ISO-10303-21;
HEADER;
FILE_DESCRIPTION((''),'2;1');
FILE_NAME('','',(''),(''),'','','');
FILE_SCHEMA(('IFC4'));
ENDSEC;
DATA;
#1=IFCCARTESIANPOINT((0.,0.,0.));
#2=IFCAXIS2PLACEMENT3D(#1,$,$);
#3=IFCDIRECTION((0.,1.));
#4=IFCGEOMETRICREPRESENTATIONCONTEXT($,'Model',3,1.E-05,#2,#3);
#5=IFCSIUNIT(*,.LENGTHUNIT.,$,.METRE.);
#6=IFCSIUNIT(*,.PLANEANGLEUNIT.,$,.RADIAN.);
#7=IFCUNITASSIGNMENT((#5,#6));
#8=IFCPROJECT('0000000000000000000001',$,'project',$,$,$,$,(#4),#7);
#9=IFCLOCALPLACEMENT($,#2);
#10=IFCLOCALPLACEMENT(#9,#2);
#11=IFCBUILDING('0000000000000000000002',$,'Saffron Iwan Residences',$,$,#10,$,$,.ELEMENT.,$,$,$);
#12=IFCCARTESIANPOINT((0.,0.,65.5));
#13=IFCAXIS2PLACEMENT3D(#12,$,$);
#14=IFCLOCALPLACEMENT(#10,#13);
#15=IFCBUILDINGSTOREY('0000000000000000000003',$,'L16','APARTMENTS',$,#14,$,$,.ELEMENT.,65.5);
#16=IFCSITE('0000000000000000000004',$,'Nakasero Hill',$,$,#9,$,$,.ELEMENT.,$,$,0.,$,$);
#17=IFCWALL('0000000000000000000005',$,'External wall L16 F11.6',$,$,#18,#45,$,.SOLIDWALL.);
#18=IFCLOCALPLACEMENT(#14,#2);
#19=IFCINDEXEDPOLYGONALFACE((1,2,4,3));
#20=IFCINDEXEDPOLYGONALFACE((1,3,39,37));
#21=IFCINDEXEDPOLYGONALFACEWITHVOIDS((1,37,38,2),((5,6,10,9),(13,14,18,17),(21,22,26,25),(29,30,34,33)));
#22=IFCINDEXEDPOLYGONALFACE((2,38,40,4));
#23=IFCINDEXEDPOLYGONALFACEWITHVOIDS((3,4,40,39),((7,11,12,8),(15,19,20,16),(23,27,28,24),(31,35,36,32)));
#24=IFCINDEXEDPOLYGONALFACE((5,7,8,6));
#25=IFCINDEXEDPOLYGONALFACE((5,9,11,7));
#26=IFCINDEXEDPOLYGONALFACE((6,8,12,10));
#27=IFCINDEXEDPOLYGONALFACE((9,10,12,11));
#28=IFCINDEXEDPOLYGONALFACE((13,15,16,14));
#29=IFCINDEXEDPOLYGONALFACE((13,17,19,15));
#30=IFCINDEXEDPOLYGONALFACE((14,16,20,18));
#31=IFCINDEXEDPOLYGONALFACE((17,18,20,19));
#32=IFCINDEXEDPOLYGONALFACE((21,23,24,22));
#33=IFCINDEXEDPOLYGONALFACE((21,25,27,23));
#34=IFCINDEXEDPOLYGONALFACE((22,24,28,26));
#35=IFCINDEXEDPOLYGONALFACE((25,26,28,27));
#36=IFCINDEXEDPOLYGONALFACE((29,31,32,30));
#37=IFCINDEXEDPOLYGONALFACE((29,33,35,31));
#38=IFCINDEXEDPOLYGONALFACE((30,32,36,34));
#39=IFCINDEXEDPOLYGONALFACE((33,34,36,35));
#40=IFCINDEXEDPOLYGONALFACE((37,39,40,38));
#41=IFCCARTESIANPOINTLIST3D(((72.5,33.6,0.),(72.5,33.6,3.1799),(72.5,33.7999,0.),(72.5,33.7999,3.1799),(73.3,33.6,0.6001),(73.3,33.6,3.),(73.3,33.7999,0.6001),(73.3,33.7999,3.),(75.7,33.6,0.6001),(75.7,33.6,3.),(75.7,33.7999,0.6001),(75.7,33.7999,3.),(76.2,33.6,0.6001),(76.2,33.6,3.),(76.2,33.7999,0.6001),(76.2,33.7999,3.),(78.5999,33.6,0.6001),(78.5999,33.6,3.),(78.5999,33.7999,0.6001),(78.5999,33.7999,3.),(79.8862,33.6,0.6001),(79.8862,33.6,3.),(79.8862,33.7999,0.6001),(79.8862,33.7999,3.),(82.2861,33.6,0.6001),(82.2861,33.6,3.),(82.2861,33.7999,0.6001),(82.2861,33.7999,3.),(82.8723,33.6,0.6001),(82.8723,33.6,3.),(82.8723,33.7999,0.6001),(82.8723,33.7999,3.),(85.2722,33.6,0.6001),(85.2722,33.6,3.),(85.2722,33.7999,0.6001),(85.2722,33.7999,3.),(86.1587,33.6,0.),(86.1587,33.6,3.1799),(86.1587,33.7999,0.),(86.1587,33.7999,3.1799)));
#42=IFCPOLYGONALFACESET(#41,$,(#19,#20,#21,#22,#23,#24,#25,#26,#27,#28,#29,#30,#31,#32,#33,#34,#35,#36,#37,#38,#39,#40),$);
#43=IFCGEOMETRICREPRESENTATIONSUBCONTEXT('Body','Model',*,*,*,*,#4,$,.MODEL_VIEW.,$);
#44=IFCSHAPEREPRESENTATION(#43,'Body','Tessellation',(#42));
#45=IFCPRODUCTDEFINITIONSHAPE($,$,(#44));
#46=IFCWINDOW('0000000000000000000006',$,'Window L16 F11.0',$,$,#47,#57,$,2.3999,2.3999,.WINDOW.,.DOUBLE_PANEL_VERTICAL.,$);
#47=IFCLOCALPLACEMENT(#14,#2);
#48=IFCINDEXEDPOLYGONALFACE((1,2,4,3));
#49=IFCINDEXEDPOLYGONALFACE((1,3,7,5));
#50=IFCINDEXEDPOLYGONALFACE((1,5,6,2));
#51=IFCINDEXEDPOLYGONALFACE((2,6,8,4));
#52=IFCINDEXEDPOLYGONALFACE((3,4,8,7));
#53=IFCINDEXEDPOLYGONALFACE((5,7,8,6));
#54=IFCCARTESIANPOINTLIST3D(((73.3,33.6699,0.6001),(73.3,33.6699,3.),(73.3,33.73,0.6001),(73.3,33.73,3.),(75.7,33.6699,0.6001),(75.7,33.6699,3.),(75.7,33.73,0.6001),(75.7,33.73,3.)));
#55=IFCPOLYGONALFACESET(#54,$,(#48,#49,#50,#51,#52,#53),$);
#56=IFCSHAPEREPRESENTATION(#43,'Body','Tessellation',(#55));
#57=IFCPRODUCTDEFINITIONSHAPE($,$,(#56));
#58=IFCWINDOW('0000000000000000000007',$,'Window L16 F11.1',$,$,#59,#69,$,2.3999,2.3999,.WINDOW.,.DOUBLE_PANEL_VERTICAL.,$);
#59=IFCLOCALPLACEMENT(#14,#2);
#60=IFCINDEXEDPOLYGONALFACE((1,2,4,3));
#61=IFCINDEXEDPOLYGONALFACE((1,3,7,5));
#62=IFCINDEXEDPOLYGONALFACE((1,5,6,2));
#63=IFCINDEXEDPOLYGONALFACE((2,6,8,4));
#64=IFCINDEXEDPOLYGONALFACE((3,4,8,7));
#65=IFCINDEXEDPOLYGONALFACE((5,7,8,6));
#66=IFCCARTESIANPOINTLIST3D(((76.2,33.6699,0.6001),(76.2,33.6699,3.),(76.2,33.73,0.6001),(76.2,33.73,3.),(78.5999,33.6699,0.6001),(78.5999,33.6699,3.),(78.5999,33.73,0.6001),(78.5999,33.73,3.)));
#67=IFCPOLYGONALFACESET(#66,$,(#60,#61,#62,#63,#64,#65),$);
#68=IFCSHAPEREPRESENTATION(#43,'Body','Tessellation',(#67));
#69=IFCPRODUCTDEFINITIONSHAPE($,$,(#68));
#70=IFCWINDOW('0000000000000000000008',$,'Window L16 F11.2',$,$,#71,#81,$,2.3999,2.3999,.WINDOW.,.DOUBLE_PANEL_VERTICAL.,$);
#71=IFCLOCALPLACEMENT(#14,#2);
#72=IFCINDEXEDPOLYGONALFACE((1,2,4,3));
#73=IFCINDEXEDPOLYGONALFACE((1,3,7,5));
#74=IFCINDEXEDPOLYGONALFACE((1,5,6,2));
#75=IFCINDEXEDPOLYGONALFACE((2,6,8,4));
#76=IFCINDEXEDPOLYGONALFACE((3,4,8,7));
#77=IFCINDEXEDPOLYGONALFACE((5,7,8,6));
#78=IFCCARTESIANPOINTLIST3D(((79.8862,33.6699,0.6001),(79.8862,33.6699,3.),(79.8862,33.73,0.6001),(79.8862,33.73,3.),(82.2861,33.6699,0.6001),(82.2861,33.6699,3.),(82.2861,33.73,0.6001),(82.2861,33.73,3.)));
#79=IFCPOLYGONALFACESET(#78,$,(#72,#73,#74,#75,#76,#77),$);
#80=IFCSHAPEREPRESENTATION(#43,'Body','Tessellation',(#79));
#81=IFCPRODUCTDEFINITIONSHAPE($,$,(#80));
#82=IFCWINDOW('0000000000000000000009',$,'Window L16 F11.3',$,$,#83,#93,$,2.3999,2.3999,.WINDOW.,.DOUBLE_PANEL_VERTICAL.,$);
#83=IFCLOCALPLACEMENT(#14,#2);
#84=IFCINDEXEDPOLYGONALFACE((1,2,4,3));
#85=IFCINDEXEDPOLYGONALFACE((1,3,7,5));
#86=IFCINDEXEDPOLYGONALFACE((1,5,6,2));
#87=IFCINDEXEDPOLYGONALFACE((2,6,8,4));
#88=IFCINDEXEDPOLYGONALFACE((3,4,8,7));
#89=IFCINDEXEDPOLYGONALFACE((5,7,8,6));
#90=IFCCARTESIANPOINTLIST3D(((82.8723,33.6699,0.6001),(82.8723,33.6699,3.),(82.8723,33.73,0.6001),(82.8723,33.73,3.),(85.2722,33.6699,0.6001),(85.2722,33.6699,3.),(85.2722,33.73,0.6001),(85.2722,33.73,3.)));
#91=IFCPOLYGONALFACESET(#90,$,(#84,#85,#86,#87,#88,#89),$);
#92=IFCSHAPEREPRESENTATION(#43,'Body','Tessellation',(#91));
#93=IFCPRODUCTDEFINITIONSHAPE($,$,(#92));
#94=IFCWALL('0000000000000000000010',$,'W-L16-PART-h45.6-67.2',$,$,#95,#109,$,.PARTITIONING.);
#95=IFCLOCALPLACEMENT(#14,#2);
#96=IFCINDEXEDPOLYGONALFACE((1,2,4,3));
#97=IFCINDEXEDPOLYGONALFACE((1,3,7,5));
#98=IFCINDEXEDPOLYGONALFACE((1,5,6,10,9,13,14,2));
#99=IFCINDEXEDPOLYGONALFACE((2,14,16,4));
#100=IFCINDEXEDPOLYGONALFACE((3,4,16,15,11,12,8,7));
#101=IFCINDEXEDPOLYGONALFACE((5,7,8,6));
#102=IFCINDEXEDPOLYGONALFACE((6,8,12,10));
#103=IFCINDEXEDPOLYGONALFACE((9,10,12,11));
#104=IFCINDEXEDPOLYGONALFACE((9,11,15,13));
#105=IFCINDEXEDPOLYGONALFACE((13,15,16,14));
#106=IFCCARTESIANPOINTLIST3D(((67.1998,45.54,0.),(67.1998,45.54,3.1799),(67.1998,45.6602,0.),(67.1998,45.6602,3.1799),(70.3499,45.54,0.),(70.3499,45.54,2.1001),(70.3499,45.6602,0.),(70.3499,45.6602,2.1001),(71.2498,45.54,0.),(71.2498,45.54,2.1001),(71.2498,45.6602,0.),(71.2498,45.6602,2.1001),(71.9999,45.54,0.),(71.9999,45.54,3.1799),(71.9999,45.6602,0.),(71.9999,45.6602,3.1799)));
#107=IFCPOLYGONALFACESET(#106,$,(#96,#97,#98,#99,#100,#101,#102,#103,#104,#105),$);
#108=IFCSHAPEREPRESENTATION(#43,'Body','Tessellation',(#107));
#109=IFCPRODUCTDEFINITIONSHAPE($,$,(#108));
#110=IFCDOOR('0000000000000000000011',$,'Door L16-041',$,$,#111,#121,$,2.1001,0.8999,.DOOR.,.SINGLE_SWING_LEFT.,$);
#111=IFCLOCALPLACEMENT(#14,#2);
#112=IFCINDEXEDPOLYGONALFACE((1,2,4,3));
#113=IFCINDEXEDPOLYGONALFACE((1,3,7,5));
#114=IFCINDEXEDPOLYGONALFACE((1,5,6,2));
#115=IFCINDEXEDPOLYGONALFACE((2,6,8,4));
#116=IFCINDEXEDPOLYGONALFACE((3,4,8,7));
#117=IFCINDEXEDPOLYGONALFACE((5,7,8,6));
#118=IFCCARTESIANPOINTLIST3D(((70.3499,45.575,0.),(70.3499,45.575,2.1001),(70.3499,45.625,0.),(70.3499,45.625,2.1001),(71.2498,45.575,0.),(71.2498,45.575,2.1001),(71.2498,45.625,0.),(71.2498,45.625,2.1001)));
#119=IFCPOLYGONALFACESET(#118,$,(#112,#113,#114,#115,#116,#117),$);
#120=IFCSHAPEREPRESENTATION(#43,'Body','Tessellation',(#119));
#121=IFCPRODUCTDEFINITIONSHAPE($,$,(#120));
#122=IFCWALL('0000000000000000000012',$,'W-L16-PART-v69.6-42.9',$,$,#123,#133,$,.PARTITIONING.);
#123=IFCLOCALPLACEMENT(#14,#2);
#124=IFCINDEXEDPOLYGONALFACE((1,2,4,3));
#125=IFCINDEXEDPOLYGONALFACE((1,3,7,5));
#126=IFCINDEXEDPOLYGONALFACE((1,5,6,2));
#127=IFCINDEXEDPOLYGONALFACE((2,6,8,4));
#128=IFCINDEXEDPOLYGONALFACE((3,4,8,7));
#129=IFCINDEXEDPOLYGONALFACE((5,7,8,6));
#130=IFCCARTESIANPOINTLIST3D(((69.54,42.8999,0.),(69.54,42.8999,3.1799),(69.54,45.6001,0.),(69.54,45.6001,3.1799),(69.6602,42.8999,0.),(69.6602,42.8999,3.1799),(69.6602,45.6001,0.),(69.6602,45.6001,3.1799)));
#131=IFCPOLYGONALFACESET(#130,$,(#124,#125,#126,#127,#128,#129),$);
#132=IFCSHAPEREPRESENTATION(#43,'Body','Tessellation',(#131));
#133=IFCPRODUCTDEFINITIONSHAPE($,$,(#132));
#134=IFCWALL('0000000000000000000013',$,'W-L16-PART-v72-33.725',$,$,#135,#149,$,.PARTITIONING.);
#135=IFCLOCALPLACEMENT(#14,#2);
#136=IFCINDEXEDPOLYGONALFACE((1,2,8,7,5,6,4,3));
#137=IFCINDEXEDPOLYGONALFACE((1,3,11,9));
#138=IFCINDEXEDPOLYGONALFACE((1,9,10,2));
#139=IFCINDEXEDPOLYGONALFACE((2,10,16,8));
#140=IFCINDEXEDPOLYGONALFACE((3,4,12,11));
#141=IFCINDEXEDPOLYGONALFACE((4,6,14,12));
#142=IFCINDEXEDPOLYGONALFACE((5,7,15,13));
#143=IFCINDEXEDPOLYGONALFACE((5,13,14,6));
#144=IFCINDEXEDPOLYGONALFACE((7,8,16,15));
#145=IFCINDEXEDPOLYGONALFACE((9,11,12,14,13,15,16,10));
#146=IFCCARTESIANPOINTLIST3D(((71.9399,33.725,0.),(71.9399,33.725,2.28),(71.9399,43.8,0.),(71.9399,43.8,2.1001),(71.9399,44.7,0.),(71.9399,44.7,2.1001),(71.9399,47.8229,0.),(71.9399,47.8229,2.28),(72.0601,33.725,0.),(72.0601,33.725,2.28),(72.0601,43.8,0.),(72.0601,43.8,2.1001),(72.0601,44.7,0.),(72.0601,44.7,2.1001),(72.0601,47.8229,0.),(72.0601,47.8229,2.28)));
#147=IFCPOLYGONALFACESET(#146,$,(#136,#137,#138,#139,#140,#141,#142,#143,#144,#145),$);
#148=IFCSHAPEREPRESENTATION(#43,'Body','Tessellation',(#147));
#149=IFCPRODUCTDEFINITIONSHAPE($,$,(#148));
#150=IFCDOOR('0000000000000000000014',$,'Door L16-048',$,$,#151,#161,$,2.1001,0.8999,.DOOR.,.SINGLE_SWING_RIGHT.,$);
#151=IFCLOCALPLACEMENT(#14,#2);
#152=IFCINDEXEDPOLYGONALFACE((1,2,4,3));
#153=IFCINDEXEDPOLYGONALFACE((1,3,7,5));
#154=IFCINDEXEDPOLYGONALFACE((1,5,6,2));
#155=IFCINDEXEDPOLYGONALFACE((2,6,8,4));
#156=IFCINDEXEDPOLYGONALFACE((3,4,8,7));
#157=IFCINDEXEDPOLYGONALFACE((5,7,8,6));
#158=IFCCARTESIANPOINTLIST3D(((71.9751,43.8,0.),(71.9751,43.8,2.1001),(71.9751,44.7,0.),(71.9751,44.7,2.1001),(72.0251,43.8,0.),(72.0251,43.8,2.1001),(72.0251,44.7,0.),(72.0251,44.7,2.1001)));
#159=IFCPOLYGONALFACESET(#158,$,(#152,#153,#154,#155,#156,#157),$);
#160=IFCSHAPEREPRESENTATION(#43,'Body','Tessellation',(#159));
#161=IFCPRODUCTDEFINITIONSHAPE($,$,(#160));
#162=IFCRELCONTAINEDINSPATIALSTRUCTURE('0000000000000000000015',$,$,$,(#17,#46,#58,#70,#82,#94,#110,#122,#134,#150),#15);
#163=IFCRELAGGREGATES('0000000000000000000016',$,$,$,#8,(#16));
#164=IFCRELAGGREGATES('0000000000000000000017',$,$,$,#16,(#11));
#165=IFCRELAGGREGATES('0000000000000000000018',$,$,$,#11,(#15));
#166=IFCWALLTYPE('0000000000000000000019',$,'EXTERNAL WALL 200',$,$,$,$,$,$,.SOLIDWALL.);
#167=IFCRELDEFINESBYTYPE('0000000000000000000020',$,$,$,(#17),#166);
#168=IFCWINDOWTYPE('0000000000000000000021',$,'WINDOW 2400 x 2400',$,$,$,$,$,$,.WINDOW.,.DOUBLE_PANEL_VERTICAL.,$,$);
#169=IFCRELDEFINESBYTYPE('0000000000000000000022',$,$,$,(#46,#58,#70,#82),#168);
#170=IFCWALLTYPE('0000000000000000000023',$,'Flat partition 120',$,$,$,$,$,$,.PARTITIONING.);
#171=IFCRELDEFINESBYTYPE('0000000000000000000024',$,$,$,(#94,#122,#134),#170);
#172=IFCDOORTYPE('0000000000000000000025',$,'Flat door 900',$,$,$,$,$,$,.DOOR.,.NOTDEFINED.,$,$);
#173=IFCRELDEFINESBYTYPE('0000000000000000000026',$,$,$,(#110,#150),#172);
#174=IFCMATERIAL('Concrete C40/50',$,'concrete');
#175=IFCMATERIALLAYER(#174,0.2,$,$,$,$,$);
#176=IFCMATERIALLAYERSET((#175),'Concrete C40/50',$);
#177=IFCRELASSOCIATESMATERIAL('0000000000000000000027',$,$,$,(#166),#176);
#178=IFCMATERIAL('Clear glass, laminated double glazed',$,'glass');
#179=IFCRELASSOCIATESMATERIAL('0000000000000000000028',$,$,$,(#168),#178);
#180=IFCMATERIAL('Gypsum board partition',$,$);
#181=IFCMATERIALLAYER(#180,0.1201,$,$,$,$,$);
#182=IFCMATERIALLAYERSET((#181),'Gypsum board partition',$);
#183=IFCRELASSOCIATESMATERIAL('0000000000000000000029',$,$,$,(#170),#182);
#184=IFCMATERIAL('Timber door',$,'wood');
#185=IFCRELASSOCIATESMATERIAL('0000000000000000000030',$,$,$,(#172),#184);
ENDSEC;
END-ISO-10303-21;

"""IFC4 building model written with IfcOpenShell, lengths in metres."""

from ifc_helpers import new_model, si_unit, direction, frame, frame_2d, origin, place, context, subcontext, project, spatial, rectangle, extrude, material, layer, layer_set, type_object, element, fill, save


model = new_model("IFC4")

# Units and contexts
model_context = context("Model", 3, precision=1e-05, world=origin(), true_north=direction((0.0, 1.0)))
body_context = subcontext(model_context, "Body", "Model", "MODEL_VIEW")
ifc_project = project(units=[si_unit("LENGTHUNIT", "METRE"), si_unit("PLANEANGLEUNIT", "RADIAN")], contexts=[model_context])

# Site, building, storey
site_placement = place(None, origin())
site = spatial("IfcSite", under=ifc_project, at=site_placement, Name="Nakasero Hill", CompositionType="ELEMENT", RefElevation=0.0)
building_placement = place(site_placement, origin())
building = spatial("IfcBuilding", under=site, at=building_placement, Name="Saffron Iwan Residences", CompositionType="ELEMENT")
storey_placement = place(building_placement, frame((0.0, 0.0, 65.5)))
storey = spatial("IfcBuildingStorey", under=building, at=storey_placement, Name="L16", Description="APARTMENTS", CompositionType="ELEMENT", Elevation=65.5)

# Wall, openings, windows
ifc_material_1 = material(Name="Concrete C40/50", Category="concrete")
ifc_layer_1 = layer(ifc_material_1, 0.2)
ifc_layer_set_1 = layer_set([ifc_layer_1], Name="Concrete C40/50")
wall_type_1 = type_object("IfcWallType", Name="EXTERNAL WALL 200", PredefinedType="SOLIDWALL", material=ifc_layer_set_1)
wall_1_placement = place(storey_placement, frame((72.5, 33.7, 0.0), z_axis=(0.0, 0.0, 1.0), x_axis=(1.0, 0.0, 0.0)))
wall_1 = element("IfcWall", 1, at=wall_1_placement, inside=storey, type_object=wall_type_1, Name="External wall L16 F11.6", PredefinedType="SOLIDWALL", context=body_context, shape_type="SweptSolid", body=[
    extrude(rectangle(XDim=13.6587, YDim=0.2, at=frame_2d((6.8293, 0.0))), origin(), (0.0, 0.0, 1.0), 3.1799),
])
opening_1_placement = place(wall_1_placement, frame((0.8, 0.0, 0.6001)))
opening_1 = element("IfcOpeningElement", 2, at=opening_1_placement, cuts=wall_1, PredefinedType="OPENING", context=body_context, shape_type="SweptSolid", body=[
    extrude(rectangle(XDim=2.3999, YDim=2.3999, at=frame_2d((1.2, 1.2))), frame((0.0, 0.1099, 0.0), z_axis=(0.0, -1.0, 0.0), x_axis=(1.0, 0.0, 0.0)), (0.0, 0.0, 1.0), 0.22),
])
opening_2_placement = place(wall_1_placement, frame((3.7, 0.0, 0.6001)))
opening_2 = element("IfcOpeningElement", 3, at=opening_2_placement, cuts=wall_1, PredefinedType="OPENING", context=body_context, shape_type="SweptSolid", body=[
    extrude(rectangle(XDim=2.3999, YDim=2.3999, at=frame_2d((1.2, 1.2))), frame((0.0, 0.1099, 0.0), z_axis=(0.0, -1.0, 0.0), x_axis=(1.0, 0.0, 0.0)), (0.0, 0.0, 1.0), 0.22),
])
opening_3_placement = place(wall_1_placement, frame((7.3862, 0.0, 0.6001)))
opening_3 = element("IfcOpeningElement", 4, at=opening_3_placement, cuts=wall_1, PredefinedType="OPENING", context=body_context, shape_type="SweptSolid", body=[
    extrude(rectangle(XDim=2.3999, YDim=2.3999, at=frame_2d((1.2, 1.2))), frame((0.0, 0.1099, 0.0), z_axis=(0.0, -1.0, 0.0), x_axis=(1.0, 0.0, 0.0)), (0.0, 0.0, 1.0), 0.22),
])
opening_4_placement = place(wall_1_placement, frame((10.3723, 0.0, 0.6001)))
opening_4 = element("IfcOpeningElement", 5, at=opening_4_placement, cuts=wall_1, PredefinedType="OPENING", context=body_context, shape_type="SweptSolid", body=[
    extrude(rectangle(XDim=2.3999, YDim=2.3999, at=frame_2d((1.2, 1.2))), frame((0.0, 0.1099, 0.0), z_axis=(0.0, -1.0, 0.0), x_axis=(1.0, 0.0, 0.0)), (0.0, 0.0, 1.0), 0.22),
])
ifc_material_2 = material(Name="Clear glass, laminated double glazed", Category="glass")
window_type = type_object("IfcWindowType", Name="WINDOW 2400 x 2400", PartitioningType="DOUBLE_PANEL_VERTICAL", PredefinedType="WINDOW", material=ifc_material_2)
window_1_placement = place(opening_1_placement, origin())
window_1 = element("IfcWindow", 6, at=window_1_placement, inside=storey, type_object=window_type, Name="Window L16 F11.0", OverallHeight=2.3999, OverallWidth=2.3999, PartitioningType="DOUBLE_PANEL_VERTICAL", PredefinedType="WINDOW", context=body_context, shape_type="SweptSolid", body=[
    extrude(rectangle(XDim=2.3999, YDim=2.3999, at=frame_2d((1.2, 1.2))), frame((0.0, 0.03, 0.0), z_axis=(0.0, -1.0, 0.0), x_axis=(1.0, 0.0, 0.0)), (0.0, 0.0, 1.0), 0.0601),
])
fill(opening_1, window_1)
window_2_placement = place(opening_2_placement, origin())
window_2 = element("IfcWindow", 7, at=window_2_placement, inside=storey, type_object=window_type, Name="Window L16 F11.1", OverallHeight=2.3999, OverallWidth=2.3999, PartitioningType="DOUBLE_PANEL_VERTICAL", PredefinedType="WINDOW", context=body_context, shape_type="SweptSolid", body=[
    extrude(rectangle(XDim=2.3999, YDim=2.3999, at=frame_2d((1.2, 1.2))), frame((0.0, 0.03, 0.0), z_axis=(0.0, -1.0, 0.0), x_axis=(1.0, 0.0, 0.0)), (0.0, 0.0, 1.0), 0.0601),
])
fill(opening_2, window_2)
window_3_placement = place(opening_3_placement, origin())
window_3 = element("IfcWindow", 8, at=window_3_placement, inside=storey, type_object=window_type, Name="Window L16 F11.2", OverallHeight=2.3999, OverallWidth=2.3999, PartitioningType="DOUBLE_PANEL_VERTICAL", PredefinedType="WINDOW", context=body_context, shape_type="SweptSolid", body=[
    extrude(rectangle(XDim=2.3999, YDim=2.3999, at=frame_2d((1.2, 1.2))), frame((0.0, 0.03, 0.0), z_axis=(0.0, -1.0, 0.0), x_axis=(1.0, 0.0, 0.0)), (0.0, 0.0, 1.0), 0.0601),
])
fill(opening_3, window_3)
window_4_placement = place(opening_4_placement, origin())
window_4 = element("IfcWindow", 9, at=window_4_placement, inside=storey, type_object=window_type, Name="Window L16 F11.3", OverallHeight=2.3999, OverallWidth=2.3999, PartitioningType="DOUBLE_PANEL_VERTICAL", PredefinedType="WINDOW", context=body_context, shape_type="SweptSolid", body=[
    extrude(rectangle(XDim=2.3999, YDim=2.3999, at=frame_2d((1.2, 1.2))), frame((0.0, 0.03, 0.0), z_axis=(0.0, -1.0, 0.0), x_axis=(1.0, 0.0, 0.0)), (0.0, 0.0, 1.0), 0.0601),
])
fill(opening_4, window_4)

# Wall, opening, door
ifc_material_3 = material(Name="Gypsum board partition")
ifc_layer_2 = layer(ifc_material_3, 0.1201)
ifc_layer_set_2 = layer_set([ifc_layer_2], Name="Gypsum board partition")
wall_type_2 = type_object("IfcWallType", Name="Flat partition 120", PredefinedType="PARTITIONING", material=ifc_layer_set_2)
wall_2_placement = place(storey_placement, frame((67.2, 45.6001, 0.0), z_axis=(0.0, 0.0, 1.0), x_axis=(1.0, 0.0, 0.0)))
wall_2 = element("IfcWall", 10, at=wall_2_placement, inside=storey, type_object=wall_type_2, Name="W-L16-PART-h45.6-67.2", PredefinedType="PARTITIONING", context=body_context, shape_type="SweptSolid", body=[
    extrude(rectangle(XDim=4.8, YDim=0.1201, at=frame_2d((2.3999, 0.0))), origin(), (0.0, 0.0, 1.0), 3.1799),
])
opening_5_placement = place(wall_2_placement, frame((3.1499, 0.0, 0.0)))
opening_5 = element("IfcOpeningElement", 11, at=opening_5_placement, cuts=wall_2, PredefinedType="OPENING", context=body_context, shape_type="SweptSolid", body=[
    extrude(rectangle(XDim=0.8999, YDim=2.1001, at=frame_2d((0.45, 1.05))), frame((0.0, 0.0701, 0.0), z_axis=(0.0, -1.0, 0.0), x_axis=(1.0, 0.0, 0.0)), (0.0, 0.0, 1.0), 0.1401),
])
ifc_material_4 = material(Name="Timber door", Category="wood")
door_type_1 = type_object("IfcDoorType", Name="Flat door 900", OperationType="NOTDEFINED", PredefinedType="DOOR", material=ifc_material_4)
door_1_placement = place(opening_5_placement, origin())
door_1 = element("IfcDoor", 12, at=door_1_placement, inside=storey, type_object=door_type_1, Name="Door L16-041", OperationType="SINGLE_SWING_LEFT", OverallHeight=2.1001, OverallWidth=0.8999, PredefinedType="DOOR", context=body_context, shape_type="SweptSolid", body=[
    extrude(rectangle(XDim=0.8999, YDim=2.1001, at=frame_2d((0.45, 1.05))), frame((0.0, 0.0249, 0.0), z_axis=(0.0, -1.0, 0.0), x_axis=(1.0, 0.0, 0.0)), (0.0, 0.0, 1.0), 0.05),
])
fill(opening_5, door_1)

# Wall
wall_3_placement = place(storey_placement, frame((69.6001, 42.8999, 0.0), z_axis=(0.0, 0.0, 1.0), x_axis=(0.0, 1.0, 0.0)))
element("IfcWall", 13, at=wall_3_placement, inside=storey, type_object=wall_type_2, Name="W-L16-PART-v69.6-42.9", PredefinedType="PARTITIONING", context=body_context, shape_type="SweptSolid", body=[
    extrude(rectangle(XDim=2.7002, YDim=0.1201, at=frame_2d((1.3501, 0.0))), origin(), (0.0, 0.0, 1.0), 3.1799),
])

# Wall, opening, door
wall_4_placement = place(storey_placement, frame((72.0, 33.7251, 0.0), z_axis=(0.0, 0.0, 1.0), x_axis=(0.0, 1.0, 0.0)))
wall_4 = element("IfcWall", 14, at=wall_4_placement, inside=storey, type_object=wall_type_2, Name="W-L16-PART-v72-33.725", PredefinedType="PARTITIONING", context=body_context, shape_type="SweptSolid", body=[
    extrude(rectangle(XDim=14.0979, YDim=0.1201, at=frame_2d((7.0488, 0.0))), origin(), (0.0, 0.0, 1.0), 2.28),
])
opening_6_placement = place(wall_4_placement, frame((10.075, 0.0, 0.0)))
opening_6 = element("IfcOpeningElement", 15, at=opening_6_placement, cuts=wall_4, PredefinedType="OPENING", context=body_context, shape_type="SweptSolid", body=[
    extrude(rectangle(XDim=0.8999, YDim=2.1001, at=frame_2d((0.45, 1.05))), frame((0.0, 0.0701, 0.0), z_axis=(0.0, -1.0, 0.0), x_axis=(1.0, 0.0, 0.0)), (0.0, 0.0, 1.0), 0.1401),
])
door_2_placement = place(opening_6_placement, origin())
door_2 = element("IfcDoor", 16, at=door_2_placement, inside=storey, type_object=door_type_1, Name="Door L16-048", OperationType="SINGLE_SWING_RIGHT", OverallHeight=2.1001, OverallWidth=0.8999, PredefinedType="DOOR", context=body_context, shape_type="SweptSolid", body=[
    extrude(rectangle(XDim=0.8999, YDim=2.1001, at=frame_2d((0.45, 1.05))), frame((0.0, 0.0249, 0.0), z_axis=(0.0, -1.0, 0.0), x_axis=(1.0, 0.0, 0.0)), (0.0, 0.0, 1.0), 0.05),
])
fill(opening_6, door_2)

save(model, "model.ifc")
